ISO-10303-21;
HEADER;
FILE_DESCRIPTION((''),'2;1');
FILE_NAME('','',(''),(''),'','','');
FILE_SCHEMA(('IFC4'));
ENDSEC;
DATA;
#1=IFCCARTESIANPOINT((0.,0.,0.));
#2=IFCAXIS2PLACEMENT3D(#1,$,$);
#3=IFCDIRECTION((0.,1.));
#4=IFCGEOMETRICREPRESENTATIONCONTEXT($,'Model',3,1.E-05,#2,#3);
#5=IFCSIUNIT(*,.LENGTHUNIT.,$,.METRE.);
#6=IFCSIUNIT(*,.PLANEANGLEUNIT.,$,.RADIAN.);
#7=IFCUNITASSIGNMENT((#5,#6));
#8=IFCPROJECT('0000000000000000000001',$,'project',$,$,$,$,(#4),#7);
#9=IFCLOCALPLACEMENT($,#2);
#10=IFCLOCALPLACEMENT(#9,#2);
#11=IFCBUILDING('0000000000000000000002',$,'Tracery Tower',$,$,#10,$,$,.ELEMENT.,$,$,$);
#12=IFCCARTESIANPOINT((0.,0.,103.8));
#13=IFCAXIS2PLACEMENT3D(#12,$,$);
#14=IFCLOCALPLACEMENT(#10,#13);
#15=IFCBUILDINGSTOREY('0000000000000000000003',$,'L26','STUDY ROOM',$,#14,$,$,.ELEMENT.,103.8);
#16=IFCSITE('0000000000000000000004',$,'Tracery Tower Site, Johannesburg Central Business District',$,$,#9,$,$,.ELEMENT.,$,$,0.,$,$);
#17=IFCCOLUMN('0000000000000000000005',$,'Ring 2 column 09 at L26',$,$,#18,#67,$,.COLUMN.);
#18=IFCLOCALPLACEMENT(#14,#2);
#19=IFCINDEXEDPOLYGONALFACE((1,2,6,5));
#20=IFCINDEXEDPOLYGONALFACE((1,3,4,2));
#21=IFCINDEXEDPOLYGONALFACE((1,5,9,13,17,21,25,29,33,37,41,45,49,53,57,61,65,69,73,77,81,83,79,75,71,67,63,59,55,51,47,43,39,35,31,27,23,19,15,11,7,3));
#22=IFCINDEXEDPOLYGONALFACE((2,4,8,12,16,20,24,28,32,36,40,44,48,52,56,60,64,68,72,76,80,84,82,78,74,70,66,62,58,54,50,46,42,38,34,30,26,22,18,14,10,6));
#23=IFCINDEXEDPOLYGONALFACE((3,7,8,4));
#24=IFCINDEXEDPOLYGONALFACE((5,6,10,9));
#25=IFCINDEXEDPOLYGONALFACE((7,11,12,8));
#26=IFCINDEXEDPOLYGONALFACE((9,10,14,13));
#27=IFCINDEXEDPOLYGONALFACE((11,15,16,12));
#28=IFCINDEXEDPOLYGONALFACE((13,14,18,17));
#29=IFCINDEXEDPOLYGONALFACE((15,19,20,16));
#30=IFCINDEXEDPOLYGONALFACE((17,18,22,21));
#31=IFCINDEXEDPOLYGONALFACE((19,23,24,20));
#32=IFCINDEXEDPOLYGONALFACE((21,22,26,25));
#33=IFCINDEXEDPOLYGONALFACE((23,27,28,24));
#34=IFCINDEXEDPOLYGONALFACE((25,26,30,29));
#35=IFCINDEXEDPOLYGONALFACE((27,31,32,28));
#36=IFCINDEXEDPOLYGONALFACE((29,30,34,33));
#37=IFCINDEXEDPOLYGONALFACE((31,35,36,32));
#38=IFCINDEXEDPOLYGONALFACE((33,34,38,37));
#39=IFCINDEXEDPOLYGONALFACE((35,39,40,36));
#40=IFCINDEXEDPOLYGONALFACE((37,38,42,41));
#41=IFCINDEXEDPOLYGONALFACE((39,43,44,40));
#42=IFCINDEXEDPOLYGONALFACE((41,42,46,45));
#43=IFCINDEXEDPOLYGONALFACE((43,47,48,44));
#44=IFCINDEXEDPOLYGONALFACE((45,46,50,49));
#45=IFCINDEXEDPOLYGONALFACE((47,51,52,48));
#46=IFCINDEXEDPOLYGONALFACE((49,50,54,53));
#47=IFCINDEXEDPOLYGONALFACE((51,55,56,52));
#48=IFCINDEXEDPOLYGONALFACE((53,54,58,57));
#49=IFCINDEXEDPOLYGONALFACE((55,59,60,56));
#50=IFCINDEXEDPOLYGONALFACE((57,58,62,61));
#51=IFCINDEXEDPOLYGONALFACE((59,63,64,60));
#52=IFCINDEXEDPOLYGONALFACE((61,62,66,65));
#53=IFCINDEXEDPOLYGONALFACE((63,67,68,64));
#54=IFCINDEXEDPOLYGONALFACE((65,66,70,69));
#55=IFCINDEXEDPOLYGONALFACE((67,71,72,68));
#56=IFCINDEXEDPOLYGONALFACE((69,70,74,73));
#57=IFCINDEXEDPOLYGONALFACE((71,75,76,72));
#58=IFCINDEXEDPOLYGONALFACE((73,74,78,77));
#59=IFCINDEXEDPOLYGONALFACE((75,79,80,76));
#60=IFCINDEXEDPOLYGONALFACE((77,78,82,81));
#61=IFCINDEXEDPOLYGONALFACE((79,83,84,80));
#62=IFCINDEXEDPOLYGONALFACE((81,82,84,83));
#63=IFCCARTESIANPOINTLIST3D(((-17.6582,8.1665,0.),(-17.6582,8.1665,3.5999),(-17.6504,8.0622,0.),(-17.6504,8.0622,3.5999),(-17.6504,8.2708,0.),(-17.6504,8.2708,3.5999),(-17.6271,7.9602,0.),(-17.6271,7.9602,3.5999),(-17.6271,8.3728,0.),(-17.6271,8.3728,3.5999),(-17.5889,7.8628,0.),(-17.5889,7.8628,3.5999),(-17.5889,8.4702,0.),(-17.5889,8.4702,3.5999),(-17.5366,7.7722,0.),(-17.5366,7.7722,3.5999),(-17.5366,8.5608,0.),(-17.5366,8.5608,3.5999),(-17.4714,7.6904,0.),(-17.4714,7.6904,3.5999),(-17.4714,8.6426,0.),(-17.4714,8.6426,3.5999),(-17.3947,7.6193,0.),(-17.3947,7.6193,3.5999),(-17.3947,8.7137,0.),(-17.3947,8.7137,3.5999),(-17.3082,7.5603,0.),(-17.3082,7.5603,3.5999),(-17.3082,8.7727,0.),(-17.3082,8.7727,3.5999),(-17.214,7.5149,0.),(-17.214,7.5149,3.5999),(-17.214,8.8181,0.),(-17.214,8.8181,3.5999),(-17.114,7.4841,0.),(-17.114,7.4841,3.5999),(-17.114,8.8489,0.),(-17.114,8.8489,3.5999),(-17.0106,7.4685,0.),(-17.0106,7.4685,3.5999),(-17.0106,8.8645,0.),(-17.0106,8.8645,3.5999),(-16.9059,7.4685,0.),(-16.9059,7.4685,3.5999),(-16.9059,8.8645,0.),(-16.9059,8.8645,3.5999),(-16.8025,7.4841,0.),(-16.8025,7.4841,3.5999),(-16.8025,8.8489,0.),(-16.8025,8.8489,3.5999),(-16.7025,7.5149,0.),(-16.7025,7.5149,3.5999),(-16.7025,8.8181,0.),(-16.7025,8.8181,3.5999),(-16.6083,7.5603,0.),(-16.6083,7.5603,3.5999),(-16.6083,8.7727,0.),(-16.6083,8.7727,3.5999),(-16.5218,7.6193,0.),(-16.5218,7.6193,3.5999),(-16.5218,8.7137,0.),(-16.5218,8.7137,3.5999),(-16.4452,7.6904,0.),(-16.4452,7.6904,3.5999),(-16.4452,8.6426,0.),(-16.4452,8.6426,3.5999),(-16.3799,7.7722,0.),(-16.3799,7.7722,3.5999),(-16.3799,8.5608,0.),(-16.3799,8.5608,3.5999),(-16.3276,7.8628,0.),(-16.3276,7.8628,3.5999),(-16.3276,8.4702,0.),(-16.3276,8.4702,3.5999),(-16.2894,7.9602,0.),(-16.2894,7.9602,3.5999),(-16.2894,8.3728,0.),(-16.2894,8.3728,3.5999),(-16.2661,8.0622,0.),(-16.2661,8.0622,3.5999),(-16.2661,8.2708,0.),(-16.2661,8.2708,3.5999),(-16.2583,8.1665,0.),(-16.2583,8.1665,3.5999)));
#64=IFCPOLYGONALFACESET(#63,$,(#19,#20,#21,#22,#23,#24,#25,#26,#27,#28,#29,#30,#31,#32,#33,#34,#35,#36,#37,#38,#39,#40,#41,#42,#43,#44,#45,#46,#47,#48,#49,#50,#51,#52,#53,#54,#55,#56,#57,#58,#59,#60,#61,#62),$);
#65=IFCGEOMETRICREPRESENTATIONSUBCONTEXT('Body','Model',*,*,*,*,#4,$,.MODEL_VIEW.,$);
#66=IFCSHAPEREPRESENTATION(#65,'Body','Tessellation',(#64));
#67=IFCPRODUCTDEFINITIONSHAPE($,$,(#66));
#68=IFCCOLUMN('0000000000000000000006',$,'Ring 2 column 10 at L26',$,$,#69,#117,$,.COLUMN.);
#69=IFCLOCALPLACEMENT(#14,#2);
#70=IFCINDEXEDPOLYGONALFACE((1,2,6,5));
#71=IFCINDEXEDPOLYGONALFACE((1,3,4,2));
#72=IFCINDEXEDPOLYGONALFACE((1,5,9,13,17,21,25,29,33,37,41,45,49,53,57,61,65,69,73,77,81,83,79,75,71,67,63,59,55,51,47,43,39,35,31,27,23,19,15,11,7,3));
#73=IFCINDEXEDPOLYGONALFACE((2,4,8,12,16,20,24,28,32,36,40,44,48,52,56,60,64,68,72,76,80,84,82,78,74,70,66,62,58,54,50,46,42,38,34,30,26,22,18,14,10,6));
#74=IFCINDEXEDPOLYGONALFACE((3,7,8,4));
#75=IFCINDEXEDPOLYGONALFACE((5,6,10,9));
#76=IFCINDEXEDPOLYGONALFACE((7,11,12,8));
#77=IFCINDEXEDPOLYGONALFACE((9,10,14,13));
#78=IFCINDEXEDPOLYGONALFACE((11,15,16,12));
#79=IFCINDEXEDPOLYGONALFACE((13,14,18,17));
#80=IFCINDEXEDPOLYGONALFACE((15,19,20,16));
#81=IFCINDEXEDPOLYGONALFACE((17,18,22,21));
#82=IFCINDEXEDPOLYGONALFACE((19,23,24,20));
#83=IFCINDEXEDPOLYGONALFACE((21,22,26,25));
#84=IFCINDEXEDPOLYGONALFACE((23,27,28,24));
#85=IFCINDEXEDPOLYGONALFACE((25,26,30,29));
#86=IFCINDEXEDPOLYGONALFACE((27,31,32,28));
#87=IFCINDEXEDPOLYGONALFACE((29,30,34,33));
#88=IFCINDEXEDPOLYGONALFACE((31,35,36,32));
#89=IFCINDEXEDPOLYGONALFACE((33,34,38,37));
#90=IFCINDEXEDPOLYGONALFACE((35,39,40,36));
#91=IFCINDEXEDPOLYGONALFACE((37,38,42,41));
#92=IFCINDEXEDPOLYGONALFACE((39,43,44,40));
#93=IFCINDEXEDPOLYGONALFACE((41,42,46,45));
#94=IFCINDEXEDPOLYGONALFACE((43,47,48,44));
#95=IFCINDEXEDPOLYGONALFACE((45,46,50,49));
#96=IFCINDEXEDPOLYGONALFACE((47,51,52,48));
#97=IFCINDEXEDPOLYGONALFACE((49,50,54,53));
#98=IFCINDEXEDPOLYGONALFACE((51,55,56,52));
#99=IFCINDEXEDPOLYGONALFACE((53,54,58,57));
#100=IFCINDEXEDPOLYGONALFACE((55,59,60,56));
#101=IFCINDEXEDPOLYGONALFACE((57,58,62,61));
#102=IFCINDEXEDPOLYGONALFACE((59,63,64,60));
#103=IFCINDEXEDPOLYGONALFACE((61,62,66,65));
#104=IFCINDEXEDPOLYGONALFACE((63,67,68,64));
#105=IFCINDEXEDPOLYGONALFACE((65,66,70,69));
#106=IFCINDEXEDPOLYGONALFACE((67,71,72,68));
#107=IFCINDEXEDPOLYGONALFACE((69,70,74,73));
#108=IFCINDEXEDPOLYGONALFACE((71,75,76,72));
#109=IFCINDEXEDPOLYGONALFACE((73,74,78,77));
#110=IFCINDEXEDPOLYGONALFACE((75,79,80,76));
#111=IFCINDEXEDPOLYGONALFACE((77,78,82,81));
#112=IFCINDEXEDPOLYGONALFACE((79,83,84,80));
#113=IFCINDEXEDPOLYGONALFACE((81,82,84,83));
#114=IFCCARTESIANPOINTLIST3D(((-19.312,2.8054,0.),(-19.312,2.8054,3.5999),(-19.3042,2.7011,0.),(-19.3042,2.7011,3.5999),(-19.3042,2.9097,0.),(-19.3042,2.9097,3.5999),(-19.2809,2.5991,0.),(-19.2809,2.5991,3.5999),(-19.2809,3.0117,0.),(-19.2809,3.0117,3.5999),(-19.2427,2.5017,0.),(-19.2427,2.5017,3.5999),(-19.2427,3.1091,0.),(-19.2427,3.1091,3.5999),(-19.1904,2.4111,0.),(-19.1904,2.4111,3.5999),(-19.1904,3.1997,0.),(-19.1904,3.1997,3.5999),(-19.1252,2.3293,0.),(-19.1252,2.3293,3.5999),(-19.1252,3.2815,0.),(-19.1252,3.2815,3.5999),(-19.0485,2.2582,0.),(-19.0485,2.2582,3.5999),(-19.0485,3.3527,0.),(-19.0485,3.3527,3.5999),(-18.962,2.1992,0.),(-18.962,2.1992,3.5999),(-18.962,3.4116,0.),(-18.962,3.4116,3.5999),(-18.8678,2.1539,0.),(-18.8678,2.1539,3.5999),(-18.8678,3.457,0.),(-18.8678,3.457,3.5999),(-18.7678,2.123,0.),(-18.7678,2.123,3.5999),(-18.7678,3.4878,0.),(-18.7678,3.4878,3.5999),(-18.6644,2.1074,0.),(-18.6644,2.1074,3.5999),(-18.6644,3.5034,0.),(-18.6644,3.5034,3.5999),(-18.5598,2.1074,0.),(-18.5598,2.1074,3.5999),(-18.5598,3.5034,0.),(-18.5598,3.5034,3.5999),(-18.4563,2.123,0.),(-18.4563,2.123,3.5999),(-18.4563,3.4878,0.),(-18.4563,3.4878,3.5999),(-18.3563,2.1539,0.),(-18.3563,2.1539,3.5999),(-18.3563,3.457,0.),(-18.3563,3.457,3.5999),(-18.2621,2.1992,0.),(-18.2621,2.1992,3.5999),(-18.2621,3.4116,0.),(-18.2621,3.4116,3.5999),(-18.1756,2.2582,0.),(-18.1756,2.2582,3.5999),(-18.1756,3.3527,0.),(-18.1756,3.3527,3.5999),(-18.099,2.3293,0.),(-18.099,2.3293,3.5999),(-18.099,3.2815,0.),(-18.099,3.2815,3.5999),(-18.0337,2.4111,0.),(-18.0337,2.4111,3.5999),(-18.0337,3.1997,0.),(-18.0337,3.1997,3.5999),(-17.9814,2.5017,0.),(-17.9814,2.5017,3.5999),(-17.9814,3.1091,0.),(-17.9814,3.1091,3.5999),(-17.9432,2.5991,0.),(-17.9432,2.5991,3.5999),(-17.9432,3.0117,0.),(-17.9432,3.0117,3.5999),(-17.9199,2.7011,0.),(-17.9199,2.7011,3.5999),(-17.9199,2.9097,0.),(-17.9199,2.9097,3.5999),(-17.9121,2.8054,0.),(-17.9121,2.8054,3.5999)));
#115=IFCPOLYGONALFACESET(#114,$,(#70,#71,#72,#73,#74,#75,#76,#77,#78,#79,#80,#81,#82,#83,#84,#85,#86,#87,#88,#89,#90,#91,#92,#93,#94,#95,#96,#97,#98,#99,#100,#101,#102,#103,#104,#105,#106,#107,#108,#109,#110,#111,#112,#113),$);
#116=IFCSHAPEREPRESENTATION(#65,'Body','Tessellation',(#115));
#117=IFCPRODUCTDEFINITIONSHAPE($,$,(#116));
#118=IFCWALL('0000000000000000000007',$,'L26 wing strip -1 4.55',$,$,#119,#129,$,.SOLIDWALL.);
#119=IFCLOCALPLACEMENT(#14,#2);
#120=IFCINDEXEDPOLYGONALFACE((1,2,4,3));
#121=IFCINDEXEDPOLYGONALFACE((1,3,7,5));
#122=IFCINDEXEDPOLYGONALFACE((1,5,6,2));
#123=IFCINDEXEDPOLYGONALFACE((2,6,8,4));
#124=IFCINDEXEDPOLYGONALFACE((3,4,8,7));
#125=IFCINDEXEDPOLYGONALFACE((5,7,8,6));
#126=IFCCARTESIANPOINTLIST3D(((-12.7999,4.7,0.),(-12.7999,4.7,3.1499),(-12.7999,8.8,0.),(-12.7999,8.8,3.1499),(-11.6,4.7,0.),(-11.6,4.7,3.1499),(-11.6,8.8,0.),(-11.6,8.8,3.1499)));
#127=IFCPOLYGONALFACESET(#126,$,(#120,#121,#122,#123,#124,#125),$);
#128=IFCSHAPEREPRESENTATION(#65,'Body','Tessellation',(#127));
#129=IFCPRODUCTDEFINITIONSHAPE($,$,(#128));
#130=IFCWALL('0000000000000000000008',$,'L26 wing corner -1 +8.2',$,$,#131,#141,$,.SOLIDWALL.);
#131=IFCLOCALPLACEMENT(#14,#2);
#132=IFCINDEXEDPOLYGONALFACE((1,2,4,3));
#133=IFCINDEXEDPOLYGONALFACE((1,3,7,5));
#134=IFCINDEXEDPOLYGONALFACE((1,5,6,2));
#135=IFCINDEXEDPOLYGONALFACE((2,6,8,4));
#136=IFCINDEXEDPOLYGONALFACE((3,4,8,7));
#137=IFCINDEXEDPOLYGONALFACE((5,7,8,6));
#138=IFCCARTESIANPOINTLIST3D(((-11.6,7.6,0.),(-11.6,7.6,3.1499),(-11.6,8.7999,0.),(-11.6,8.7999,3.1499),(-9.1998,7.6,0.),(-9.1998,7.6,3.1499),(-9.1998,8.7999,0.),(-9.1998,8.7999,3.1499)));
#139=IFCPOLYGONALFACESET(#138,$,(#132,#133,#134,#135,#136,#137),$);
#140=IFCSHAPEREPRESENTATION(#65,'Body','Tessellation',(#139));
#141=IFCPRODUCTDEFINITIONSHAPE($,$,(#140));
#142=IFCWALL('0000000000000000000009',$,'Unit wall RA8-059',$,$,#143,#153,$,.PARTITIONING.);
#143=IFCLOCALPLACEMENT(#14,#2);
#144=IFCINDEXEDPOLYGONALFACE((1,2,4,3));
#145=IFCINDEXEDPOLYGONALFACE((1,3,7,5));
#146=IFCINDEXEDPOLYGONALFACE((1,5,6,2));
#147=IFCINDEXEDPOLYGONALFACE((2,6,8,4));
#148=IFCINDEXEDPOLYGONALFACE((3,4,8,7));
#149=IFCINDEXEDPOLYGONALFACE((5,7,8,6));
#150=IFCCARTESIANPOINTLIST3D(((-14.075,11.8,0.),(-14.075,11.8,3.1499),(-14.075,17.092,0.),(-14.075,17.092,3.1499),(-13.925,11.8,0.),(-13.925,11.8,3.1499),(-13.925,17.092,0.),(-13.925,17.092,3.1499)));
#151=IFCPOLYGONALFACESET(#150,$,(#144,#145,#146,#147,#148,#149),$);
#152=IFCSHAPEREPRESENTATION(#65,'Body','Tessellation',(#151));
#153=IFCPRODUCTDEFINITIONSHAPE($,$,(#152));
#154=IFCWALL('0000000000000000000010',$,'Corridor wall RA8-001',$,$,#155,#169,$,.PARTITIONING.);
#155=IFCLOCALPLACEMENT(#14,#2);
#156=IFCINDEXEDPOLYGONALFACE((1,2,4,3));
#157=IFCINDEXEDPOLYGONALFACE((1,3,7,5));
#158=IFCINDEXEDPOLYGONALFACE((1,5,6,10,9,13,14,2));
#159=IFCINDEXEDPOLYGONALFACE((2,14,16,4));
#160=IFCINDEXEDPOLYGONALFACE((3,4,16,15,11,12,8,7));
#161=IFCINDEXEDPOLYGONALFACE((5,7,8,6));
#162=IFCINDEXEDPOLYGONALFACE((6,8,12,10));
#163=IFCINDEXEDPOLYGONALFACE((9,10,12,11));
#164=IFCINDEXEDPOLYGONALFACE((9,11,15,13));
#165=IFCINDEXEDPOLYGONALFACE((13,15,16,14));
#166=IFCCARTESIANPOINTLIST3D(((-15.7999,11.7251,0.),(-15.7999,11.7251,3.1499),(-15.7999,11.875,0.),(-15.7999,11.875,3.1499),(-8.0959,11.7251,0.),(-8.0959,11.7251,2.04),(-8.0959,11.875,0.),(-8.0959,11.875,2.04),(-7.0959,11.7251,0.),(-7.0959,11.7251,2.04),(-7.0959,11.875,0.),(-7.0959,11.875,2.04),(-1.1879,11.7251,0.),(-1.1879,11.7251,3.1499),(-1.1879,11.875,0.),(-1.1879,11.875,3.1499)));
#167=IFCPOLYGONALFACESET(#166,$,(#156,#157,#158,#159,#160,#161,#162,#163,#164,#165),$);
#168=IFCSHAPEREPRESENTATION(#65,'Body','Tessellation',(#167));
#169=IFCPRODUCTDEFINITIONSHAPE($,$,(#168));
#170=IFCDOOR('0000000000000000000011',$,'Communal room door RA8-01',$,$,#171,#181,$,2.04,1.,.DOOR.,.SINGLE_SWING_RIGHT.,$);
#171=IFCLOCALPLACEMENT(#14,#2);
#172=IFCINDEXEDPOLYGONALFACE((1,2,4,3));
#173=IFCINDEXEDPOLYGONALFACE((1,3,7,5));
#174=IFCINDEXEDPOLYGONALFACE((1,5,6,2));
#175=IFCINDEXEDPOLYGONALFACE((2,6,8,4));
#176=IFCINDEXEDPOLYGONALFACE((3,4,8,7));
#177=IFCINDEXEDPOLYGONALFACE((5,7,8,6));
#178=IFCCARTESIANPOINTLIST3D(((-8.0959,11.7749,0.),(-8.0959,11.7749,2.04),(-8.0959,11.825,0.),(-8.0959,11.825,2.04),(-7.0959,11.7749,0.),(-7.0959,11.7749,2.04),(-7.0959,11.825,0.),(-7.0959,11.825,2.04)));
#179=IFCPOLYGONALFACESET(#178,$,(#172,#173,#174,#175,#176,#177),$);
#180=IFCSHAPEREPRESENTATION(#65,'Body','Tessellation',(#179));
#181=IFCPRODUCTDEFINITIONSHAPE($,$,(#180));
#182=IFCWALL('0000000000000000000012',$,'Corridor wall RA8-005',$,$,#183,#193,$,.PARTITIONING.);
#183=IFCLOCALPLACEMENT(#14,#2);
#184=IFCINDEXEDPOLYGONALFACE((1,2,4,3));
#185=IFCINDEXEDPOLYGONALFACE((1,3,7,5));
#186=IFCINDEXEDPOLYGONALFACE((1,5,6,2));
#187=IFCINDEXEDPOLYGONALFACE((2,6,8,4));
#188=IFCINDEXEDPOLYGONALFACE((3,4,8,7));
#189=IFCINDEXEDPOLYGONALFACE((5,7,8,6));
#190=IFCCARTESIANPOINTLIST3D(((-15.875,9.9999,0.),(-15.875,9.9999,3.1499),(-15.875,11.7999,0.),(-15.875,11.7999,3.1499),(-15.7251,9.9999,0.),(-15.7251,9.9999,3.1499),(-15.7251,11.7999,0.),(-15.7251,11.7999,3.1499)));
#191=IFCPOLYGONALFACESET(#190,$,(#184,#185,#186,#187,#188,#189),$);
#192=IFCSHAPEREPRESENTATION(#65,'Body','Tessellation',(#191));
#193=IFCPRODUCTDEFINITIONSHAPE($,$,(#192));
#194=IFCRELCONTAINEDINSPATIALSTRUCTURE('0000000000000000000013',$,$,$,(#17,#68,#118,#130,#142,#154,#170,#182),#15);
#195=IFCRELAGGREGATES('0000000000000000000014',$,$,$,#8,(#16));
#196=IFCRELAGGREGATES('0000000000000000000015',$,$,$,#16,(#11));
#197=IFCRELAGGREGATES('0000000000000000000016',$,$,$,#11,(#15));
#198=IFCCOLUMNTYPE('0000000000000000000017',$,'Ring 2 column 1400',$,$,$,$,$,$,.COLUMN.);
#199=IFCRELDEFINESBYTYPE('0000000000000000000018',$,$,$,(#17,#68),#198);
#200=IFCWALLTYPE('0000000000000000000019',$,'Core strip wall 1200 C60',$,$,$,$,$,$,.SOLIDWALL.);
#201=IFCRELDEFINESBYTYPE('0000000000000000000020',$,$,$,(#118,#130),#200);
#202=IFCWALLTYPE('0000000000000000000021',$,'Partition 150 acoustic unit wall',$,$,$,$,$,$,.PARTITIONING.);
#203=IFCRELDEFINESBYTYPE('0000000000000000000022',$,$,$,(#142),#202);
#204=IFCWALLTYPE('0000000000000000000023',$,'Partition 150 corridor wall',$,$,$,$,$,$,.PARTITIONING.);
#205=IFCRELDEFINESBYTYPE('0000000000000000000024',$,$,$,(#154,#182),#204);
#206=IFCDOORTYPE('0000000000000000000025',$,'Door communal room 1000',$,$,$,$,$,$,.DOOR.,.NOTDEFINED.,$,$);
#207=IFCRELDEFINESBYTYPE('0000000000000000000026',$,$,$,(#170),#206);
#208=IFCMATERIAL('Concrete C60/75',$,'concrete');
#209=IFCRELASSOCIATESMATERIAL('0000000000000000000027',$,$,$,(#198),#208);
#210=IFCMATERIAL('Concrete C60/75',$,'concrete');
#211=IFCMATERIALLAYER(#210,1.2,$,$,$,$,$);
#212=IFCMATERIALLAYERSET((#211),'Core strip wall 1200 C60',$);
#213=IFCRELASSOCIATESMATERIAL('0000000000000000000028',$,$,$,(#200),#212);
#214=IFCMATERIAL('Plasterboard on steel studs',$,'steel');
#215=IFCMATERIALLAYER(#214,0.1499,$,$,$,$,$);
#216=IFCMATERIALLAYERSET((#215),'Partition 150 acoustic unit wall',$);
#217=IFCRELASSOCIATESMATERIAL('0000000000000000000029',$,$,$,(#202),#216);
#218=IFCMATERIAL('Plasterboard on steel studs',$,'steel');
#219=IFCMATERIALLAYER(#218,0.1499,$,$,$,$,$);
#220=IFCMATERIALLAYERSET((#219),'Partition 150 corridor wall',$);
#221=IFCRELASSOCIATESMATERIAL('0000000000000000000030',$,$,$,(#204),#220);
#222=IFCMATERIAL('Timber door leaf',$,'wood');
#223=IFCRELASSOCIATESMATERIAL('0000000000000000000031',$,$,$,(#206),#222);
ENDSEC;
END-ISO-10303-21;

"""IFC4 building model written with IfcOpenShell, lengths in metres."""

from ifc_helpers import new_model, si_unit, direction, frame, frame_2d, origin, origin_2d, place, context, subcontext, project, spatial, rectangle, circle, extrude, material, layer, layer_set, material_profile, profile_set, type_object, element, fill, save


model = new_model("IFC4")

# Units and contexts
model_context = context("Model", 3, precision=1e-05, world=origin(), true_north=direction((0.0, 1.0)))
body_context = subcontext(model_context, "Body", "Model", "MODEL_VIEW")
ifc_project = project(units=[si_unit("LENGTHUNIT", "METRE"), si_unit("PLANEANGLEUNIT", "RADIAN")], contexts=[model_context])

# Site, building, storey
site_placement = place(None, origin())
site = spatial("IfcSite", under=ifc_project, at=site_placement, Name="Tracery Tower Site, Johannesburg Central Business District", CompositionType="ELEMENT", RefElevation=0.0)
building_placement = place(site_placement, origin())
building = spatial("IfcBuilding", under=site, at=building_placement, Name="Tracery Tower", CompositionType="ELEMENT")
storey_placement = place(building_placement, frame((0.0, 0.0, 103.8)))
storey = spatial("IfcBuildingStorey", under=building, at=storey_placement, Name="L26", Description="STUDY ROOM", CompositionType="ELEMENT", Elevation=103.8)

# Columns
ifc_material_1 = material(Name="Concrete C60/75", Category="concrete")
ifc_material_profile = material_profile(ifc_material_1, circle(Radius=0.7, at=origin_2d()), Name="RC D1400")
ifc_profile_set = profile_set([ifc_material_profile], Name="Concrete C60/75")
column_type = type_object("IfcColumnType", Name="Ring 2 column 1400", PredefinedType="COLUMN", material=ifc_profile_set)
for number, where, z_axis, x_axis, name in (
    (1, (-16.9583, 8.1665, 0.0), (0.0, 0.0, 1.0), (1.0, 0.0, 0.0), "Ring 2 column 09 at L26"),
    (2, (-18.6121, 2.8054, 0.0), (0.0, 0.0, 1.0), (1.0, 0.0, 0.0), "Ring 2 column 10 at L26"),
):
    element("IfcColumn", number, at=place(storey_placement, frame(where, z_axis=z_axis, x_axis=x_axis)), inside=storey, type_object=column_type, Name=name, PredefinedType="COLUMN", context=body_context, shape_type="SweptSolid", body=[
        extrude(circle(Radius=0.7, at=origin_2d()), origin(), (0.0, 0.0, 1.0), 3.5999),
    ])

# Walls
ifc_material_2 = material(Name="Concrete C60/75", Category="concrete")
ifc_layer_1 = layer(ifc_material_2, 1.2)
ifc_layer_set_1 = layer_set([ifc_layer_1], Name="Core strip wall 1200 C60")
wall_type_1 = type_object("IfcWallType", Name="Core strip wall 1200 C60", PredefinedType="SOLIDWALL", material=ifc_layer_set_1)
wall_1_placement = place(storey_placement, frame((-12.2, 4.7, 0.0), z_axis=(0.0, 0.0, 1.0), x_axis=(0.0, 1.0, 0.0)))
element("IfcWall", 3, at=wall_1_placement, inside=storey, type_object=wall_type_1, Name="L26 wing strip -1 4.55", PredefinedType="SOLIDWALL", context=body_context, shape_type="SweptSolid", body=[
    extrude(rectangle(XDim=4.1001, YDim=1.2, at=frame_2d((2.05, 0.0))), origin(), (0.0, 0.0, 1.0), 3.1499),
])
wall_2_placement = place(storey_placement, frame((-11.6001, 8.2, 0.0), z_axis=(0.0, 0.0, 1.0), x_axis=(1.0, 0.0, 0.0)))
element("IfcWall", 4, at=wall_2_placement, inside=storey, type_object=wall_type_1, Name="L26 wing corner -1 +8.2", PredefinedType="SOLIDWALL", context=body_context, shape_type="SweptSolid", body=[
    extrude(rectangle(XDim=2.4001, YDim=1.2, at=frame_2d((1.2002, 0.0))), origin(), (0.0, 0.0, 1.0), 3.1499),
])

# Wall
ifc_material_3 = material(Name="Plasterboard on steel studs", Category="steel")
ifc_layer_2 = layer(ifc_material_3, 0.1499)
ifc_layer_set_2 = layer_set([ifc_layer_2], Name="Partition 150 acoustic unit wall")
wall_type_2 = type_object("IfcWallType", Name="Partition 150 acoustic unit wall", PredefinedType="PARTITIONING", material=ifc_layer_set_2)
wall_3_placement = place(storey_placement, frame((-14.0, 11.8, 0.0), z_axis=(0.0, 0.0, 1.0), x_axis=(0.0, 1.0, 0.0)))
element("IfcWall", 5, at=wall_3_placement, inside=storey, type_object=wall_type_2, Name="Unit wall RA8-059", PredefinedType="PARTITIONING", context=body_context, shape_type="SweptSolid", body=[
    extrude(rectangle(XDim=5.292, YDim=0.1499, at=frame_2d((2.646, 0.0))), origin(), (0.0, 0.0, 1.0), 3.1499),
])

# Wall, opening, door
ifc_material_4 = material(Name="Plasterboard on steel studs", Category="steel")
ifc_layer_3 = layer(ifc_material_4, 0.1499)
ifc_layer_set_3 = layer_set([ifc_layer_3], Name="Partition 150 corridor wall")
wall_type_3 = type_object("IfcWallType", Name="Partition 150 corridor wall", PredefinedType="PARTITIONING", material=ifc_layer_set_3)
wall_4_placement = place(storey_placement, frame((-15.8, 11.8, 0.0), z_axis=(0.0, 0.0, 1.0), x_axis=(1.0, 0.0, 0.0)))
wall_4 = element("IfcWall", 6, at=wall_4_placement, inside=storey, type_object=wall_type_3, Name="Corridor wall RA8-001", PredefinedType="PARTITIONING", context=body_context, shape_type="SweptSolid", body=[
    extrude(rectangle(XDim=14.6121, YDim=0.1499, at=frame_2d((7.3062, 0.0))), origin(), (0.0, 0.0, 1.0), 3.1499),
])
opening_1_placement = place(wall_4_placement, frame((7.7041, 0.0, 0.0)))
opening_1 = element("IfcOpeningElement", 7, at=opening_1_placement, cuts=wall_4, PredefinedType="OPENING", context=body_context, shape_type="SweptSolid", body=[
    extrude(rectangle(XDim=1.0, YDim=2.04, at=frame_2d((0.5, 1.02))), frame((0.0, 0.075, 0.0), z_axis=(0.0, -1.0, 0.0), x_axis=(1.0, 0.0, 0.0)), (0.0, 0.0, 1.0), 0.1499),
])
ifc_material_5 = material(Name="Timber door leaf", Category="wood")
door_type_1 = type_object("IfcDoorType", Name="Door communal room 1000", OperationType="NOTDEFINED", PredefinedType="DOOR", material=ifc_material_5)
door_1_placement = place(opening_1_placement, origin())
door_1 = element("IfcDoor", 8, at=door_1_placement, inside=storey, type_object=door_type_1, Name="Communal room door RA8-01", OperationType="SINGLE_SWING_RIGHT", OverallHeight=2.04, OverallWidth=1.0, PredefinedType="DOOR", context=body_context, shape_type="SweptSolid", body=[
    extrude(rectangle(XDim=1.0, YDim=2.04, at=frame_2d((0.5, 1.02))), frame((0.0, 0.0249, 0.0), z_axis=(0.0, -1.0, 0.0), x_axis=(1.0, 0.0, 0.0)), (0.0, 0.0, 1.0), 0.05),
])
fill(opening_1, door_1)

# Wall
wall_5_placement = place(storey_placement, frame((-15.8, 10.0, 0.0), z_axis=(0.0, 0.0, 1.0), x_axis=(0.0, 1.0, 0.0)))
element("IfcWall", 9, at=wall_5_placement, inside=storey, type_object=wall_type_3, Name="Corridor wall RA8-005", PredefinedType="PARTITIONING", context=body_context, shape_type="SweptSolid", body=[
    extrude(rectangle(XDim=1.8, YDim=0.1499, at=frame_2d((0.8999, 0.0))), origin(), (0.0, 0.0, 1.0), 3.1499),
])

save(model, "model.ifc")
